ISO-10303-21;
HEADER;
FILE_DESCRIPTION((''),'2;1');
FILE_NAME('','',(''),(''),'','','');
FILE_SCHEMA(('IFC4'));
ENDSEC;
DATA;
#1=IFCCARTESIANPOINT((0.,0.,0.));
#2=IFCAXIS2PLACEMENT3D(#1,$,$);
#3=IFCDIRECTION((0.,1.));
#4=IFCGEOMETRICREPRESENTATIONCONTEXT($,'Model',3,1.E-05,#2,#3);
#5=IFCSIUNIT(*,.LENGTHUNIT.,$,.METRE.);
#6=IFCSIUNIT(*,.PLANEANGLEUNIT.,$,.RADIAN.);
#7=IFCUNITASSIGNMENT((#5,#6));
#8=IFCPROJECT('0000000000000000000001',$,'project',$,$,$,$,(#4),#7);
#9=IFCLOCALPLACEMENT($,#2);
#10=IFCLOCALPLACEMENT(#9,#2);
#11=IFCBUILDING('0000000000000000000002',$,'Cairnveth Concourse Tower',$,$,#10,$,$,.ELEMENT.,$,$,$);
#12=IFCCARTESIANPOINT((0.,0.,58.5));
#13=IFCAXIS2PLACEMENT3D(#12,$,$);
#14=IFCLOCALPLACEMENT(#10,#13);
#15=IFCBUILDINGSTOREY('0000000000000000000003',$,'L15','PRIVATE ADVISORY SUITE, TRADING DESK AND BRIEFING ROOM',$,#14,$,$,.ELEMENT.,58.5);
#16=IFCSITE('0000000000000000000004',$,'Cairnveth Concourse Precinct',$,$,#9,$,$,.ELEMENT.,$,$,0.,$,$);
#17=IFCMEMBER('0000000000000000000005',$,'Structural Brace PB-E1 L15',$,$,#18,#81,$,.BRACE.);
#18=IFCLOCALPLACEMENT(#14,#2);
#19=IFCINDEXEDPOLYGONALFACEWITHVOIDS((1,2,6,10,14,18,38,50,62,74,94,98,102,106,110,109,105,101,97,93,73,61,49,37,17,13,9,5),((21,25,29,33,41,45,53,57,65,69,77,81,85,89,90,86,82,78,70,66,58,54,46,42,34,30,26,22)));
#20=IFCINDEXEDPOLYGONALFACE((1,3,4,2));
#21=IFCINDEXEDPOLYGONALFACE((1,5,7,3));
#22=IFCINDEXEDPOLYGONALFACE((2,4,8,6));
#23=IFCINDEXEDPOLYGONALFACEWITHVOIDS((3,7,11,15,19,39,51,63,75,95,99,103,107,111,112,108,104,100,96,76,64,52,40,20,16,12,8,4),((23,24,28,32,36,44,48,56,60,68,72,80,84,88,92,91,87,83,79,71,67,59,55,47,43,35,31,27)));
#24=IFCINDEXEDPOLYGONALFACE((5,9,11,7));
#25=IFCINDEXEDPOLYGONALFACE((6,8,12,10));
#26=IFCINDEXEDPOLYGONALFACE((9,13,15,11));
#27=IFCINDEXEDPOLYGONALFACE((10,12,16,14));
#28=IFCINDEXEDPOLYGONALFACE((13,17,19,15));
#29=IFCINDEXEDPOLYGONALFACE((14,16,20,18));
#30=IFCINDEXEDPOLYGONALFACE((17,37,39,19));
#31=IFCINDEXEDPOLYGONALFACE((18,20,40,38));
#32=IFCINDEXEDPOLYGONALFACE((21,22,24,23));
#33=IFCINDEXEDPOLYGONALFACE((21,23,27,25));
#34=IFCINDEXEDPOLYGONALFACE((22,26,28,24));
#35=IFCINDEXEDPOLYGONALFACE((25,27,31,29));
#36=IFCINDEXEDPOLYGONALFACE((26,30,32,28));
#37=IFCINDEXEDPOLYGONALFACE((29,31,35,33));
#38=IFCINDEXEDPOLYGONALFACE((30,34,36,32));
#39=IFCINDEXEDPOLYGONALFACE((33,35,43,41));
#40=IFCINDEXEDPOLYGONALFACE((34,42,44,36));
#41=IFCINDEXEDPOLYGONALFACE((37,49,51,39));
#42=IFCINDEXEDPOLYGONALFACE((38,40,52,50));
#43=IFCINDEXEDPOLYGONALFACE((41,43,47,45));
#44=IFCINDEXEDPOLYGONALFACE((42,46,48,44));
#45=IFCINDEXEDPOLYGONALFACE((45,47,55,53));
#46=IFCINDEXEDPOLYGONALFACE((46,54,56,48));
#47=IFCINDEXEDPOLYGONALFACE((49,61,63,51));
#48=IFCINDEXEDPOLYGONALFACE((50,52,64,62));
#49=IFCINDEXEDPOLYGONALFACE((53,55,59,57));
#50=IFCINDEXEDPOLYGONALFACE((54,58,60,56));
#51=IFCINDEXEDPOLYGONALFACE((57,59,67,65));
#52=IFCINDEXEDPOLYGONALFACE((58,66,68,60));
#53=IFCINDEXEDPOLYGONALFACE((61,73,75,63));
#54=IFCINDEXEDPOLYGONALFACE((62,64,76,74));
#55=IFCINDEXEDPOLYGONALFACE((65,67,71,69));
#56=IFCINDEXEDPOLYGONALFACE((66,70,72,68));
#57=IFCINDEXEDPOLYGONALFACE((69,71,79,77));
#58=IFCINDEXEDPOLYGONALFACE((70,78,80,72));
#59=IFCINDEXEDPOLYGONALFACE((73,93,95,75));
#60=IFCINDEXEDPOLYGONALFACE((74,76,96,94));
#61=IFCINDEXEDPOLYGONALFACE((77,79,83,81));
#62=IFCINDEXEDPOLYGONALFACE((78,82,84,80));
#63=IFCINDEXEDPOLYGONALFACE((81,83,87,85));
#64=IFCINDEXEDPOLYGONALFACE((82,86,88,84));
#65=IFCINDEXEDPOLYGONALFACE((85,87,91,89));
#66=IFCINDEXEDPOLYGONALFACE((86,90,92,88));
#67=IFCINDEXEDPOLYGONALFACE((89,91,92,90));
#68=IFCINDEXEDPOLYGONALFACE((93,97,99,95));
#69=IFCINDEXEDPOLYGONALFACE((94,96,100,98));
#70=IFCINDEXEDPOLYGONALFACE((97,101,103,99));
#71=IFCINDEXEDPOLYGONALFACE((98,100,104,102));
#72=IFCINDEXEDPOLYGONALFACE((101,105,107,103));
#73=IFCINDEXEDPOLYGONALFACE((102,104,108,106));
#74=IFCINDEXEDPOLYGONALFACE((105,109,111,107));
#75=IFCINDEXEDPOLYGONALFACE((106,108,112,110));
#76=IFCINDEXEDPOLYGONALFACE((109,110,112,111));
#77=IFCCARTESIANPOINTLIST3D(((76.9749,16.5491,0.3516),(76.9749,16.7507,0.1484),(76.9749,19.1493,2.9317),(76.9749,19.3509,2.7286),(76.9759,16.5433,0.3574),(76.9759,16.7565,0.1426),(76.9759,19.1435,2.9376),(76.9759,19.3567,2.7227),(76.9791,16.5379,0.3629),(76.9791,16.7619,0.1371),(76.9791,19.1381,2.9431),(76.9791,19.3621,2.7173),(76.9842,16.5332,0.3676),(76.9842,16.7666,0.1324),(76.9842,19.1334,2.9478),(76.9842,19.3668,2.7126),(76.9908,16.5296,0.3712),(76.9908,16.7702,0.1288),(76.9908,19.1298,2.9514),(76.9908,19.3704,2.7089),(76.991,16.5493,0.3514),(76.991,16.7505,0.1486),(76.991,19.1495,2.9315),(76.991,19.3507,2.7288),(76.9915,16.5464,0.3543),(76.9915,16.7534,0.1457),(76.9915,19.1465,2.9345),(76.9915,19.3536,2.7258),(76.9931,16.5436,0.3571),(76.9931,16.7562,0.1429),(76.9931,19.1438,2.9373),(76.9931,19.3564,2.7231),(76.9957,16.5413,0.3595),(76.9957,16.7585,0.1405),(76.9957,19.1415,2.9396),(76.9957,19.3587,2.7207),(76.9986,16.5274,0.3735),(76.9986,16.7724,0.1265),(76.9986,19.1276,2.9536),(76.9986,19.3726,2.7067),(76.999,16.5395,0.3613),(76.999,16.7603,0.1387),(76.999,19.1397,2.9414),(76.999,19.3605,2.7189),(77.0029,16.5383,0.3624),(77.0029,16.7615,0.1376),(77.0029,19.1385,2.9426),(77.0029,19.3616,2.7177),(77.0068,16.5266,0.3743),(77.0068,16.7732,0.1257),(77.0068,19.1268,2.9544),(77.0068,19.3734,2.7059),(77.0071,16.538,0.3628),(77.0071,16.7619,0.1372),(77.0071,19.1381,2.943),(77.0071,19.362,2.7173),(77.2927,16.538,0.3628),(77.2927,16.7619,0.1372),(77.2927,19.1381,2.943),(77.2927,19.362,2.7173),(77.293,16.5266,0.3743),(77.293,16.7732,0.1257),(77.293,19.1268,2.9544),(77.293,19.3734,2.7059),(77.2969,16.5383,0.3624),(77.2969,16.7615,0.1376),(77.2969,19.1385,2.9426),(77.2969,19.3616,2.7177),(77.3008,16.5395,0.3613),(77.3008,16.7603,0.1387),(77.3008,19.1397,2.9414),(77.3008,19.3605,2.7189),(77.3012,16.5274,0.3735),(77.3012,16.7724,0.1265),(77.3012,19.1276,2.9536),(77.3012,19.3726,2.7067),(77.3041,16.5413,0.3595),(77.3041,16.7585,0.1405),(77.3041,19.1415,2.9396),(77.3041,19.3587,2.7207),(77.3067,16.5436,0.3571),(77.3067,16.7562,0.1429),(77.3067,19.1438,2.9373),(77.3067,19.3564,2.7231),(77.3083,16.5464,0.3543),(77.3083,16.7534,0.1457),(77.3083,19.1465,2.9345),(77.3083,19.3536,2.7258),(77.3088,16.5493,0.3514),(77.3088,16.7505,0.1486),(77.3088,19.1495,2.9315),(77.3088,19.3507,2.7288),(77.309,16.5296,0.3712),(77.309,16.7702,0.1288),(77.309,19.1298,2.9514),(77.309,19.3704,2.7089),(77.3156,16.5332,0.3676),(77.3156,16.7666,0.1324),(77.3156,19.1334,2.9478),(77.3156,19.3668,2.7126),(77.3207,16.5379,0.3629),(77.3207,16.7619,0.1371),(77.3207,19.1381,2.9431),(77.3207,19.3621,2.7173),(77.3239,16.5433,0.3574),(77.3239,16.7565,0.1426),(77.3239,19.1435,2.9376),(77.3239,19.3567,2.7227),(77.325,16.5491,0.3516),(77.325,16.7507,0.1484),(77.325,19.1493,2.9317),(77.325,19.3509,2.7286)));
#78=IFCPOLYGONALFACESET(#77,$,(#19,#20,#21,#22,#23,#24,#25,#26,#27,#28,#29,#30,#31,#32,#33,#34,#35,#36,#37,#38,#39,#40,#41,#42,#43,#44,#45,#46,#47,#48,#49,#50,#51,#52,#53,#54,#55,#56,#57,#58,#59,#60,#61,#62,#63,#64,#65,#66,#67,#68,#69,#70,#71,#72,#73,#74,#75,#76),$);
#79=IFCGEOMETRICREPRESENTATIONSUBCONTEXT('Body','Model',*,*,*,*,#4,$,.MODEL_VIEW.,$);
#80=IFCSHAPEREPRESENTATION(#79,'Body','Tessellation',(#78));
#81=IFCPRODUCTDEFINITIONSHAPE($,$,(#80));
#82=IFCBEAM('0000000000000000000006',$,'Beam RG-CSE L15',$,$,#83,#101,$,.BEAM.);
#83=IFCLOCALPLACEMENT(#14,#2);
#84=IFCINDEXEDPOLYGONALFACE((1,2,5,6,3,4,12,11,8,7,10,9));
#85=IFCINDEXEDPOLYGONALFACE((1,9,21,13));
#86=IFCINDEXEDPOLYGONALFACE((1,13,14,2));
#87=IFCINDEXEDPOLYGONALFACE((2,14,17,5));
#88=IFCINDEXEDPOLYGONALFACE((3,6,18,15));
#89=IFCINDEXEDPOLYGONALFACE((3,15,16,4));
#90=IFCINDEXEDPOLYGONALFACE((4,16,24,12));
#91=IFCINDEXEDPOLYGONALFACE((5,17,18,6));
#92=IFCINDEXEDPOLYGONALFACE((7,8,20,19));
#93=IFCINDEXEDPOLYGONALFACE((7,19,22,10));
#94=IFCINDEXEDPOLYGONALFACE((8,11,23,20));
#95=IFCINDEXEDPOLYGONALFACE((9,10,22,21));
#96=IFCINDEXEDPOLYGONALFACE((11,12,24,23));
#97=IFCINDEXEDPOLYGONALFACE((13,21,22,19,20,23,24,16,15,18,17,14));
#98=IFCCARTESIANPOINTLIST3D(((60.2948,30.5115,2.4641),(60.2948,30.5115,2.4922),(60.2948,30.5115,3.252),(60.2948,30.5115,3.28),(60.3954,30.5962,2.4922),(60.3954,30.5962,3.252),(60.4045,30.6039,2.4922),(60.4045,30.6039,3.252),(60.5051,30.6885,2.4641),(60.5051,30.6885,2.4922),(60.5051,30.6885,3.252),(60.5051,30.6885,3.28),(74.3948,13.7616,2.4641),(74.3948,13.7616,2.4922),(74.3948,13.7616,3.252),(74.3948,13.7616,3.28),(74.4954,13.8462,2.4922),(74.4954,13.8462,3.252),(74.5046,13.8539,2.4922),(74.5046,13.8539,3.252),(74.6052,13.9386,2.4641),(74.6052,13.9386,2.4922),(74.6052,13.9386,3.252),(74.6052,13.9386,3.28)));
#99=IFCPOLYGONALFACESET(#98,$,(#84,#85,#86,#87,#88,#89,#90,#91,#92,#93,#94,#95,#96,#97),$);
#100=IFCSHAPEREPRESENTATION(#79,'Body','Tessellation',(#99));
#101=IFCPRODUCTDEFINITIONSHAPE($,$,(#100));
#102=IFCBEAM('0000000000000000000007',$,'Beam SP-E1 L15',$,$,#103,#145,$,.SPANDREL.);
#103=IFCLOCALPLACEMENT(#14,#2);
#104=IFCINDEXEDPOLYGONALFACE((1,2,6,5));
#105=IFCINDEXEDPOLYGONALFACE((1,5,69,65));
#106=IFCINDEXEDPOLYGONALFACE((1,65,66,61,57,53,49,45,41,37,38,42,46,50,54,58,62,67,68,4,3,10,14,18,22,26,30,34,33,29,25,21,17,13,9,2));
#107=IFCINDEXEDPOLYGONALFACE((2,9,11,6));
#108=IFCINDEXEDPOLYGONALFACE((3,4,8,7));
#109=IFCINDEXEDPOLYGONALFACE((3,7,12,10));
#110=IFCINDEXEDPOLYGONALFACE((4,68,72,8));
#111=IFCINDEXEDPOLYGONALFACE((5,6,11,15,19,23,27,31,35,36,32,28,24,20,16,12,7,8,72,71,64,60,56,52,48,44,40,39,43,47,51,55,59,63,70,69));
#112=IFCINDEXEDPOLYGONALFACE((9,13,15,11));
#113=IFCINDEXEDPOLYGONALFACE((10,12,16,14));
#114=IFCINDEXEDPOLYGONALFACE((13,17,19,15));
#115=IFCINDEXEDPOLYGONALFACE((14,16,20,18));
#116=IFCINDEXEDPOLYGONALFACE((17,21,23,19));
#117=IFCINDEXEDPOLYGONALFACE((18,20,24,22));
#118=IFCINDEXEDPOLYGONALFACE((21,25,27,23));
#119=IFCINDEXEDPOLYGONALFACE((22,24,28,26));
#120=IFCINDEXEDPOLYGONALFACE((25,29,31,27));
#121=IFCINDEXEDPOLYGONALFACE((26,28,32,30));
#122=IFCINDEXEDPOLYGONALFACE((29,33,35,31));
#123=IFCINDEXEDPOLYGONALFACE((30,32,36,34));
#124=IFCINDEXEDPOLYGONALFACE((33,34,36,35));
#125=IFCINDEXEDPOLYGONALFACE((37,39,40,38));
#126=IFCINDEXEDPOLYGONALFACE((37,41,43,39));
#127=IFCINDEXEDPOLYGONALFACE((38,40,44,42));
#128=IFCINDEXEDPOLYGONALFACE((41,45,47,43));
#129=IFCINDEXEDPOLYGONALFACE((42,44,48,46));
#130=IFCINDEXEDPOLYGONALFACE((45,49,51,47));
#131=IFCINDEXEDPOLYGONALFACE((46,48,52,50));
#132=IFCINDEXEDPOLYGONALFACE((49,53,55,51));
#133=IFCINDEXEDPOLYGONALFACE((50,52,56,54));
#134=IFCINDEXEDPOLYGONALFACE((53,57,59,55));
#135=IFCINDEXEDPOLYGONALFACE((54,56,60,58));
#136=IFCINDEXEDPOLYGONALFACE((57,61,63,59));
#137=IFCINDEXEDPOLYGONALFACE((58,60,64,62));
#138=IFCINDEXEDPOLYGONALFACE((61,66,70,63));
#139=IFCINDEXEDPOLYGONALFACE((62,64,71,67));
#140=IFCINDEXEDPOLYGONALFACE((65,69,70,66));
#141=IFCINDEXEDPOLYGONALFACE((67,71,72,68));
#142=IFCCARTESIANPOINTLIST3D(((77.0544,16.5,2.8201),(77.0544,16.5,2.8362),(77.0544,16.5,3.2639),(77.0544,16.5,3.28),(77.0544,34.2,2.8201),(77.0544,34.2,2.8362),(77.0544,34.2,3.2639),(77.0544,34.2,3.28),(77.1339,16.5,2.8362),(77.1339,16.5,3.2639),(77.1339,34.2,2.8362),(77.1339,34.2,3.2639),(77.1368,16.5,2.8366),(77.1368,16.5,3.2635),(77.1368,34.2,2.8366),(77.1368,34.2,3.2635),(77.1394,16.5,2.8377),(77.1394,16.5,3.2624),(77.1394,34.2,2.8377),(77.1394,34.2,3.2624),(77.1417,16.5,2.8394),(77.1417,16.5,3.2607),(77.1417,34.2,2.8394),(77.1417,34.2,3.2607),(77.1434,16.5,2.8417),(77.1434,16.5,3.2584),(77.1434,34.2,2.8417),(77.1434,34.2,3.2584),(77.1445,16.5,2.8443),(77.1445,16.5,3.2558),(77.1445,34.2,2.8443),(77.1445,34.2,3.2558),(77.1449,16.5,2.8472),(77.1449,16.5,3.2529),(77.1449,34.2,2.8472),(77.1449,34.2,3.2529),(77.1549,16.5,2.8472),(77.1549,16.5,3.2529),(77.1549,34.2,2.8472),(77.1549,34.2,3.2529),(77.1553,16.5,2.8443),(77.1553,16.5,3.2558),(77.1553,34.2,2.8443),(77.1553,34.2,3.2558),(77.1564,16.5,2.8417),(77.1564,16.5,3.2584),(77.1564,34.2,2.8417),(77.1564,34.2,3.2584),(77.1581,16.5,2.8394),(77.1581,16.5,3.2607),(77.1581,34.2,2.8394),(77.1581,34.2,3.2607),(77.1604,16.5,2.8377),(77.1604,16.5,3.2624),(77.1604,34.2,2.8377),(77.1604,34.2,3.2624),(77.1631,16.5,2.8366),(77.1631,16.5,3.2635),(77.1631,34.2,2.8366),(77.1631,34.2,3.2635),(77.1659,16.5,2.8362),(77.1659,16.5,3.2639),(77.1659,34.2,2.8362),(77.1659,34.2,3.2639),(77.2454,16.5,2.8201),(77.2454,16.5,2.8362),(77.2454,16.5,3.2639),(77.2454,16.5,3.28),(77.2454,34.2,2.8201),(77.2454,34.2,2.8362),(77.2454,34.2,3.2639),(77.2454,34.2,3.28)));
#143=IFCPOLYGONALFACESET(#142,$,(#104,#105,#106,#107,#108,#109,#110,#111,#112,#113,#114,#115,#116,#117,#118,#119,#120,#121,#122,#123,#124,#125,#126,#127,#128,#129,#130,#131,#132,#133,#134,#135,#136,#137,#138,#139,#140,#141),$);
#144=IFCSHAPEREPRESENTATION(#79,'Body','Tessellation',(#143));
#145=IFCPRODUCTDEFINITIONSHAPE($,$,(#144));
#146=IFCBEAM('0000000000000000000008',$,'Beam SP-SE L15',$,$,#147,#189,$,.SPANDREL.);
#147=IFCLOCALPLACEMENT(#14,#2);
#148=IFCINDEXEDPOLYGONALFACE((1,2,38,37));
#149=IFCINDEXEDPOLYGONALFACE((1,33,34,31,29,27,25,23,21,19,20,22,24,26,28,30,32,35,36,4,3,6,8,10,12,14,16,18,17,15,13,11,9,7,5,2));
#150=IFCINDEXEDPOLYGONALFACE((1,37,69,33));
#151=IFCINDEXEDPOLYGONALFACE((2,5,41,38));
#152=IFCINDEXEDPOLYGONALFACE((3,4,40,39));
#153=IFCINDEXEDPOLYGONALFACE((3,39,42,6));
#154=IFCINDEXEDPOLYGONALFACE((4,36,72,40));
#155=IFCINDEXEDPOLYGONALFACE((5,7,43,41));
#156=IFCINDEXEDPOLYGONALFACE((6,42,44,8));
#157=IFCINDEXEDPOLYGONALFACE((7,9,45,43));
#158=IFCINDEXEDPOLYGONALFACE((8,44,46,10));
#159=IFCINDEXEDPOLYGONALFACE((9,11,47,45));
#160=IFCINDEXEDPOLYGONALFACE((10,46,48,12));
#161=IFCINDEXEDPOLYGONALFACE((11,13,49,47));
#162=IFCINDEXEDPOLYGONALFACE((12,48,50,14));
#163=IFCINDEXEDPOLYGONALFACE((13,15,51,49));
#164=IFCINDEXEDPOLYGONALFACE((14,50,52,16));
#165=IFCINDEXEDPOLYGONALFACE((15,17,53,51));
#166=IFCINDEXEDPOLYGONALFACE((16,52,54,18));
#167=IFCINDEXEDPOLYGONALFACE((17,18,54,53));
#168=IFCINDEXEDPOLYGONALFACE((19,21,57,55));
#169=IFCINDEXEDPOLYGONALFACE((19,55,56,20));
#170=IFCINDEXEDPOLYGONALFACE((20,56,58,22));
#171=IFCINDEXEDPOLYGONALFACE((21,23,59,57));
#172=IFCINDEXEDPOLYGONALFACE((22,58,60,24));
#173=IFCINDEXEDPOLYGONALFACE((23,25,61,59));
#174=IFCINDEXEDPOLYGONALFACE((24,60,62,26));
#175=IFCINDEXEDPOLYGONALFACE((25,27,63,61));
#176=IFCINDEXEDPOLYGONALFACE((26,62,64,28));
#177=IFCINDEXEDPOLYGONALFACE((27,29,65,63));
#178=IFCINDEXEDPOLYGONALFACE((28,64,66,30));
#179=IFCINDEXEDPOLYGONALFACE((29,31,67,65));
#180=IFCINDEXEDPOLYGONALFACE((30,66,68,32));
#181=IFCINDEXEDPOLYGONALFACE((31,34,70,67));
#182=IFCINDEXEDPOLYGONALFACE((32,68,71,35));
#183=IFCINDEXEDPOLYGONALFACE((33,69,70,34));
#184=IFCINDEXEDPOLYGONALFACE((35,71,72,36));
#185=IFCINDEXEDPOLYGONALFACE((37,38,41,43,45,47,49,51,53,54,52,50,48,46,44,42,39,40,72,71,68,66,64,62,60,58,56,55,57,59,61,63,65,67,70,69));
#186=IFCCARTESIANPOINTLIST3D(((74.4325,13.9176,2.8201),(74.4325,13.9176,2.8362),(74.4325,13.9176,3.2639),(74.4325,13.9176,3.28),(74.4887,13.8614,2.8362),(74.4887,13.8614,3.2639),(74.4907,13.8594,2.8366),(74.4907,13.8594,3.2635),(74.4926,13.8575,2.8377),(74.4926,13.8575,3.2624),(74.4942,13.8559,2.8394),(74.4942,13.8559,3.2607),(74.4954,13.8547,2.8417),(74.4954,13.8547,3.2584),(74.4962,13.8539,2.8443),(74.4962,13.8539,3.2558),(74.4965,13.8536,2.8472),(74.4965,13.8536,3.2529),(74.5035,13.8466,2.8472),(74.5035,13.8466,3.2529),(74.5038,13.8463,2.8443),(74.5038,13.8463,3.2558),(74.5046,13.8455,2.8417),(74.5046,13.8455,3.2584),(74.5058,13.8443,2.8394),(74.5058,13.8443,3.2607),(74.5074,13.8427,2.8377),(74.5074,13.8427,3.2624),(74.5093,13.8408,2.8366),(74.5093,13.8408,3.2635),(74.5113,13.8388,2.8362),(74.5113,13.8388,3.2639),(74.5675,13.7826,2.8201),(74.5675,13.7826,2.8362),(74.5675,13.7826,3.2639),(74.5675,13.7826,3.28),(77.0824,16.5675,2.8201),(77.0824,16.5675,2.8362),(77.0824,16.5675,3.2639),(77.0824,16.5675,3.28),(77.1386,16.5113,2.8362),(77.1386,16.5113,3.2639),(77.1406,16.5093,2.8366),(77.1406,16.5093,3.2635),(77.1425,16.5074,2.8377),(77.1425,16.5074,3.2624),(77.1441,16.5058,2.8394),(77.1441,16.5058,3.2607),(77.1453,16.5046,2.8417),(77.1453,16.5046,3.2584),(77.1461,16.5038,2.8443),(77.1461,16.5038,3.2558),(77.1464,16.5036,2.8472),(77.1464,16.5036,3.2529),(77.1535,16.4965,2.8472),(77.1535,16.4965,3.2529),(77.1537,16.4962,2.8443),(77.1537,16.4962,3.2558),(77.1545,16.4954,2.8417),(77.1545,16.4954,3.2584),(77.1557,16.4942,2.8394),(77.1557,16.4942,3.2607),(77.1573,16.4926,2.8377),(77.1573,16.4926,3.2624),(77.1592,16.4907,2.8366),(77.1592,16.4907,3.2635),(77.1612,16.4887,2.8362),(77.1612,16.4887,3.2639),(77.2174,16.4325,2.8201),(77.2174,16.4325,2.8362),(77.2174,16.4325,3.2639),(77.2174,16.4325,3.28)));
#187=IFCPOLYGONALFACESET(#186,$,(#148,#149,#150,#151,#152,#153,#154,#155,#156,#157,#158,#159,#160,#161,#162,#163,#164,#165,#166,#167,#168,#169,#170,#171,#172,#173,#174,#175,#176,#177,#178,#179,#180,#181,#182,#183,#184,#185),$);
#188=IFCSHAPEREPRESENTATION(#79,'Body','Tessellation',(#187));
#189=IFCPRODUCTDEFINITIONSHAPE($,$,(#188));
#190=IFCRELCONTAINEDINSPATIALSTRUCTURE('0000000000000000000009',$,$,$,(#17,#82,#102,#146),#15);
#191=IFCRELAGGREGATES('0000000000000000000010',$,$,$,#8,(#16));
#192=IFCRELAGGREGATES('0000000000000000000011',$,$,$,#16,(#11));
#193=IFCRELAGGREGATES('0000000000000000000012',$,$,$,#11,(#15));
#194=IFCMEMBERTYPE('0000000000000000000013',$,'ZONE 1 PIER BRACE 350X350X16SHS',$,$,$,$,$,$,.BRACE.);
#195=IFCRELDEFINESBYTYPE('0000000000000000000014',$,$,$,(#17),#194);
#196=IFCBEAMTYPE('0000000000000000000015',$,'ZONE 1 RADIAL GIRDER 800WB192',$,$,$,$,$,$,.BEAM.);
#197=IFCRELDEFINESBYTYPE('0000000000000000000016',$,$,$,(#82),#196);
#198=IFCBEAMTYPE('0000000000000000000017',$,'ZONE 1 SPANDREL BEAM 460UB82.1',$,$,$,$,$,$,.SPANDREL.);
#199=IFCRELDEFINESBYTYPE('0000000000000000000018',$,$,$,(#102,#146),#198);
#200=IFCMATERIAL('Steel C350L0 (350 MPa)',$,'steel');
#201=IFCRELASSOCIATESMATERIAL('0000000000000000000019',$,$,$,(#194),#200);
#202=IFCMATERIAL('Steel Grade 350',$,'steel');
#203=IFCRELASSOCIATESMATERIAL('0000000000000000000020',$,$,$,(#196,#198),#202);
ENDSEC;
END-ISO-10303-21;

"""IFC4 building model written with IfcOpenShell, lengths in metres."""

from ifc_helpers import new_model, si_unit, direction, frame, origin, origin_2d, place, context, subcontext, project, spatial, hollow_rectangle, i_section, extrude, material, material_profile, profile_set, type_object, element, save


model = new_model("IFC4")

# Units and contexts
model_context = context("Model", 3, precision=1e-05, world=origin(), true_north=direction((0.0, 1.0)))
body_context = subcontext(model_context, "Body", "Model", "MODEL_VIEW")
ifc_project = project(units=[si_unit("LENGTHUNIT", "METRE"), si_unit("PLANEANGLEUNIT", "RADIAN")], contexts=[model_context])

# Site, building, storey
site_placement = place(None, origin())
site = spatial("IfcSite", under=ifc_project, at=site_placement, Name="Cairnveth Concourse Precinct", CompositionType="ELEMENT", RefElevation=0.0)
building_placement = place(site_placement, origin())
building = spatial("IfcBuilding", under=site, at=building_placement, Name="Cairnveth Concourse Tower", CompositionType="ELEMENT")
storey_placement = place(building_placement, frame((0.0, 0.0, 58.5)))
storey = spatial("IfcBuildingStorey", under=building, at=storey_placement, Name="L15", Description="PRIVATE ADVISORY SUITE, TRADING DESK AND BRIEFING ROOM", CompositionType="ELEMENT", Elevation=58.5)

# Shared definitions
ifc_material_1 = material(Name="Steel Grade 350", Category="steel")

# Member
ifc_material_2 = material(Name="Steel C350L0 (350 MPa)", Category="steel")
ifc_material_profile_1 = material_profile(ifc_material_2, hollow_rectangle(XDim=0.3501, YDim=0.3501, WallThickness=0.0161, InnerFilletRadius=0.0161, OuterFilletRadius=0.032, at=origin_2d()), Name="350x350x16.0SHS")
ifc_profile_set_1 = profile_set([ifc_material_profile_1], Name="Steel C350L0 (350 MPa)")
member_type = type_object("IfcMemberType", Name="ZONE 1 PIER BRACE 350X350X16SHS", PredefinedType="BRACE", material=ifc_profile_set_1)
for number, where, z_axis, x_axis, name in (
    (1, (77.1499, 16.6499, 0.25), (0.0, 0.709834, 0.704369), (-1.0, 0.0, 0.0), "Structural Brace PB-E1 L15"),
):
    element("IfcMember", number, at=place(storey_placement, frame(where, z_axis=z_axis, x_axis=x_axis)), inside=storey, type_object=member_type, Name=name, PredefinedType="BRACE", context=body_context, shape_type="SweptSolid", body=[
        extrude(hollow_rectangle(XDim=0.3501, YDim=0.3501, WallThickness=0.0161, InnerFilletRadius=0.0161, OuterFilletRadius=0.032, at=origin_2d()), origin(), (0.0, 0.0, 1.0), 3.6631),
    ])

# Beams
ifc_material_profile_2 = material_profile(ifc_material_1, i_section(OverallWidth=0.2749, OverallDepth=0.8159, WebThickness=0.012, FlangeThickness=0.0281, at=origin_2d()), Name="800WB192")
ifc_profile_set_2 = profile_set([ifc_material_profile_2], Name="Steel Grade 350")
beam_type_1 = type_object("IfcBeamType", Name="ZONE 1 RADIAL GIRDER 800WB192", PredefinedType="BEAM", material=ifc_profile_set_2)
beam_1_placement = place(storey_placement, frame((74.5, 13.8501, 2.8721), z_axis=(-0.643998, 0.765027, 0.0), x_axis=(-0.765027, -0.643998, 0.0)))
element("IfcBeam", 2, at=beam_1_placement, inside=storey, type_object=beam_type_1, Name="Beam RG-CSE L15", PredefinedType="BEAM", context=body_context, shape_type="SweptSolid", body=[
    extrude(i_section(OverallWidth=0.2749, OverallDepth=0.8159, WebThickness=0.012, FlangeThickness=0.0281, at=origin_2d()), origin(), (0.0, 0.0, 1.0), 21.8945),
])
ifc_material_profile_3 = material_profile(ifc_material_1, i_section(OverallWidth=0.1909, OverallDepth=0.46, WebThickness=0.01, FlangeThickness=0.0161, FilletRadius=0.011, at=origin_2d()), Name="460UB82.1")
ifc_profile_set_3 = profile_set([ifc_material_profile_3], Name="Steel Grade 350")
beam_type_2 = type_object("IfcBeamType", Name="ZONE 1 SPANDREL BEAM 460UB82.1", PredefinedType="SPANDREL", material=ifc_profile_set_3)
beam_2_placement = place(storey_placement, frame((77.1499, 16.5, 3.05), z_axis=(0.0, 1.0, 0.0), x_axis=(-1.0, 0.0, 0.0)))
element("IfcBeam", 3, at=beam_2_placement, inside=storey, type_object=beam_type_2, Name="Beam SP-E1 L15", PredefinedType="SPANDREL", context=body_context, shape_type="SweptSolid", body=[
    extrude(i_section(OverallWidth=0.1909, OverallDepth=0.46, WebThickness=0.01, FlangeThickness=0.0161, FilletRadius=0.011, at=origin_2d()), origin(), (0.0, 0.0, 1.0), 17.7),
])
beam_3_placement = place(storey_placement, frame((74.5, 13.8501, 3.05), z_axis=(0.707107, 0.707107, 0.0), x_axis=(-0.707107, 0.707107, 0.0)))
element("IfcBeam", 4, at=beam_3_placement, inside=storey, type_object=beam_type_2, Name="Beam SP-SE L15", PredefinedType="SPANDREL", context=body_context, shape_type="SweptSolid", body=[
    extrude(i_section(OverallWidth=0.1909, OverallDepth=0.46, WebThickness=0.01, FlangeThickness=0.0161, FilletRadius=0.011, at=origin_2d()), origin(), (0.0, 0.0, 1.0), 3.7476),
])

save(model, "model.ifc")
